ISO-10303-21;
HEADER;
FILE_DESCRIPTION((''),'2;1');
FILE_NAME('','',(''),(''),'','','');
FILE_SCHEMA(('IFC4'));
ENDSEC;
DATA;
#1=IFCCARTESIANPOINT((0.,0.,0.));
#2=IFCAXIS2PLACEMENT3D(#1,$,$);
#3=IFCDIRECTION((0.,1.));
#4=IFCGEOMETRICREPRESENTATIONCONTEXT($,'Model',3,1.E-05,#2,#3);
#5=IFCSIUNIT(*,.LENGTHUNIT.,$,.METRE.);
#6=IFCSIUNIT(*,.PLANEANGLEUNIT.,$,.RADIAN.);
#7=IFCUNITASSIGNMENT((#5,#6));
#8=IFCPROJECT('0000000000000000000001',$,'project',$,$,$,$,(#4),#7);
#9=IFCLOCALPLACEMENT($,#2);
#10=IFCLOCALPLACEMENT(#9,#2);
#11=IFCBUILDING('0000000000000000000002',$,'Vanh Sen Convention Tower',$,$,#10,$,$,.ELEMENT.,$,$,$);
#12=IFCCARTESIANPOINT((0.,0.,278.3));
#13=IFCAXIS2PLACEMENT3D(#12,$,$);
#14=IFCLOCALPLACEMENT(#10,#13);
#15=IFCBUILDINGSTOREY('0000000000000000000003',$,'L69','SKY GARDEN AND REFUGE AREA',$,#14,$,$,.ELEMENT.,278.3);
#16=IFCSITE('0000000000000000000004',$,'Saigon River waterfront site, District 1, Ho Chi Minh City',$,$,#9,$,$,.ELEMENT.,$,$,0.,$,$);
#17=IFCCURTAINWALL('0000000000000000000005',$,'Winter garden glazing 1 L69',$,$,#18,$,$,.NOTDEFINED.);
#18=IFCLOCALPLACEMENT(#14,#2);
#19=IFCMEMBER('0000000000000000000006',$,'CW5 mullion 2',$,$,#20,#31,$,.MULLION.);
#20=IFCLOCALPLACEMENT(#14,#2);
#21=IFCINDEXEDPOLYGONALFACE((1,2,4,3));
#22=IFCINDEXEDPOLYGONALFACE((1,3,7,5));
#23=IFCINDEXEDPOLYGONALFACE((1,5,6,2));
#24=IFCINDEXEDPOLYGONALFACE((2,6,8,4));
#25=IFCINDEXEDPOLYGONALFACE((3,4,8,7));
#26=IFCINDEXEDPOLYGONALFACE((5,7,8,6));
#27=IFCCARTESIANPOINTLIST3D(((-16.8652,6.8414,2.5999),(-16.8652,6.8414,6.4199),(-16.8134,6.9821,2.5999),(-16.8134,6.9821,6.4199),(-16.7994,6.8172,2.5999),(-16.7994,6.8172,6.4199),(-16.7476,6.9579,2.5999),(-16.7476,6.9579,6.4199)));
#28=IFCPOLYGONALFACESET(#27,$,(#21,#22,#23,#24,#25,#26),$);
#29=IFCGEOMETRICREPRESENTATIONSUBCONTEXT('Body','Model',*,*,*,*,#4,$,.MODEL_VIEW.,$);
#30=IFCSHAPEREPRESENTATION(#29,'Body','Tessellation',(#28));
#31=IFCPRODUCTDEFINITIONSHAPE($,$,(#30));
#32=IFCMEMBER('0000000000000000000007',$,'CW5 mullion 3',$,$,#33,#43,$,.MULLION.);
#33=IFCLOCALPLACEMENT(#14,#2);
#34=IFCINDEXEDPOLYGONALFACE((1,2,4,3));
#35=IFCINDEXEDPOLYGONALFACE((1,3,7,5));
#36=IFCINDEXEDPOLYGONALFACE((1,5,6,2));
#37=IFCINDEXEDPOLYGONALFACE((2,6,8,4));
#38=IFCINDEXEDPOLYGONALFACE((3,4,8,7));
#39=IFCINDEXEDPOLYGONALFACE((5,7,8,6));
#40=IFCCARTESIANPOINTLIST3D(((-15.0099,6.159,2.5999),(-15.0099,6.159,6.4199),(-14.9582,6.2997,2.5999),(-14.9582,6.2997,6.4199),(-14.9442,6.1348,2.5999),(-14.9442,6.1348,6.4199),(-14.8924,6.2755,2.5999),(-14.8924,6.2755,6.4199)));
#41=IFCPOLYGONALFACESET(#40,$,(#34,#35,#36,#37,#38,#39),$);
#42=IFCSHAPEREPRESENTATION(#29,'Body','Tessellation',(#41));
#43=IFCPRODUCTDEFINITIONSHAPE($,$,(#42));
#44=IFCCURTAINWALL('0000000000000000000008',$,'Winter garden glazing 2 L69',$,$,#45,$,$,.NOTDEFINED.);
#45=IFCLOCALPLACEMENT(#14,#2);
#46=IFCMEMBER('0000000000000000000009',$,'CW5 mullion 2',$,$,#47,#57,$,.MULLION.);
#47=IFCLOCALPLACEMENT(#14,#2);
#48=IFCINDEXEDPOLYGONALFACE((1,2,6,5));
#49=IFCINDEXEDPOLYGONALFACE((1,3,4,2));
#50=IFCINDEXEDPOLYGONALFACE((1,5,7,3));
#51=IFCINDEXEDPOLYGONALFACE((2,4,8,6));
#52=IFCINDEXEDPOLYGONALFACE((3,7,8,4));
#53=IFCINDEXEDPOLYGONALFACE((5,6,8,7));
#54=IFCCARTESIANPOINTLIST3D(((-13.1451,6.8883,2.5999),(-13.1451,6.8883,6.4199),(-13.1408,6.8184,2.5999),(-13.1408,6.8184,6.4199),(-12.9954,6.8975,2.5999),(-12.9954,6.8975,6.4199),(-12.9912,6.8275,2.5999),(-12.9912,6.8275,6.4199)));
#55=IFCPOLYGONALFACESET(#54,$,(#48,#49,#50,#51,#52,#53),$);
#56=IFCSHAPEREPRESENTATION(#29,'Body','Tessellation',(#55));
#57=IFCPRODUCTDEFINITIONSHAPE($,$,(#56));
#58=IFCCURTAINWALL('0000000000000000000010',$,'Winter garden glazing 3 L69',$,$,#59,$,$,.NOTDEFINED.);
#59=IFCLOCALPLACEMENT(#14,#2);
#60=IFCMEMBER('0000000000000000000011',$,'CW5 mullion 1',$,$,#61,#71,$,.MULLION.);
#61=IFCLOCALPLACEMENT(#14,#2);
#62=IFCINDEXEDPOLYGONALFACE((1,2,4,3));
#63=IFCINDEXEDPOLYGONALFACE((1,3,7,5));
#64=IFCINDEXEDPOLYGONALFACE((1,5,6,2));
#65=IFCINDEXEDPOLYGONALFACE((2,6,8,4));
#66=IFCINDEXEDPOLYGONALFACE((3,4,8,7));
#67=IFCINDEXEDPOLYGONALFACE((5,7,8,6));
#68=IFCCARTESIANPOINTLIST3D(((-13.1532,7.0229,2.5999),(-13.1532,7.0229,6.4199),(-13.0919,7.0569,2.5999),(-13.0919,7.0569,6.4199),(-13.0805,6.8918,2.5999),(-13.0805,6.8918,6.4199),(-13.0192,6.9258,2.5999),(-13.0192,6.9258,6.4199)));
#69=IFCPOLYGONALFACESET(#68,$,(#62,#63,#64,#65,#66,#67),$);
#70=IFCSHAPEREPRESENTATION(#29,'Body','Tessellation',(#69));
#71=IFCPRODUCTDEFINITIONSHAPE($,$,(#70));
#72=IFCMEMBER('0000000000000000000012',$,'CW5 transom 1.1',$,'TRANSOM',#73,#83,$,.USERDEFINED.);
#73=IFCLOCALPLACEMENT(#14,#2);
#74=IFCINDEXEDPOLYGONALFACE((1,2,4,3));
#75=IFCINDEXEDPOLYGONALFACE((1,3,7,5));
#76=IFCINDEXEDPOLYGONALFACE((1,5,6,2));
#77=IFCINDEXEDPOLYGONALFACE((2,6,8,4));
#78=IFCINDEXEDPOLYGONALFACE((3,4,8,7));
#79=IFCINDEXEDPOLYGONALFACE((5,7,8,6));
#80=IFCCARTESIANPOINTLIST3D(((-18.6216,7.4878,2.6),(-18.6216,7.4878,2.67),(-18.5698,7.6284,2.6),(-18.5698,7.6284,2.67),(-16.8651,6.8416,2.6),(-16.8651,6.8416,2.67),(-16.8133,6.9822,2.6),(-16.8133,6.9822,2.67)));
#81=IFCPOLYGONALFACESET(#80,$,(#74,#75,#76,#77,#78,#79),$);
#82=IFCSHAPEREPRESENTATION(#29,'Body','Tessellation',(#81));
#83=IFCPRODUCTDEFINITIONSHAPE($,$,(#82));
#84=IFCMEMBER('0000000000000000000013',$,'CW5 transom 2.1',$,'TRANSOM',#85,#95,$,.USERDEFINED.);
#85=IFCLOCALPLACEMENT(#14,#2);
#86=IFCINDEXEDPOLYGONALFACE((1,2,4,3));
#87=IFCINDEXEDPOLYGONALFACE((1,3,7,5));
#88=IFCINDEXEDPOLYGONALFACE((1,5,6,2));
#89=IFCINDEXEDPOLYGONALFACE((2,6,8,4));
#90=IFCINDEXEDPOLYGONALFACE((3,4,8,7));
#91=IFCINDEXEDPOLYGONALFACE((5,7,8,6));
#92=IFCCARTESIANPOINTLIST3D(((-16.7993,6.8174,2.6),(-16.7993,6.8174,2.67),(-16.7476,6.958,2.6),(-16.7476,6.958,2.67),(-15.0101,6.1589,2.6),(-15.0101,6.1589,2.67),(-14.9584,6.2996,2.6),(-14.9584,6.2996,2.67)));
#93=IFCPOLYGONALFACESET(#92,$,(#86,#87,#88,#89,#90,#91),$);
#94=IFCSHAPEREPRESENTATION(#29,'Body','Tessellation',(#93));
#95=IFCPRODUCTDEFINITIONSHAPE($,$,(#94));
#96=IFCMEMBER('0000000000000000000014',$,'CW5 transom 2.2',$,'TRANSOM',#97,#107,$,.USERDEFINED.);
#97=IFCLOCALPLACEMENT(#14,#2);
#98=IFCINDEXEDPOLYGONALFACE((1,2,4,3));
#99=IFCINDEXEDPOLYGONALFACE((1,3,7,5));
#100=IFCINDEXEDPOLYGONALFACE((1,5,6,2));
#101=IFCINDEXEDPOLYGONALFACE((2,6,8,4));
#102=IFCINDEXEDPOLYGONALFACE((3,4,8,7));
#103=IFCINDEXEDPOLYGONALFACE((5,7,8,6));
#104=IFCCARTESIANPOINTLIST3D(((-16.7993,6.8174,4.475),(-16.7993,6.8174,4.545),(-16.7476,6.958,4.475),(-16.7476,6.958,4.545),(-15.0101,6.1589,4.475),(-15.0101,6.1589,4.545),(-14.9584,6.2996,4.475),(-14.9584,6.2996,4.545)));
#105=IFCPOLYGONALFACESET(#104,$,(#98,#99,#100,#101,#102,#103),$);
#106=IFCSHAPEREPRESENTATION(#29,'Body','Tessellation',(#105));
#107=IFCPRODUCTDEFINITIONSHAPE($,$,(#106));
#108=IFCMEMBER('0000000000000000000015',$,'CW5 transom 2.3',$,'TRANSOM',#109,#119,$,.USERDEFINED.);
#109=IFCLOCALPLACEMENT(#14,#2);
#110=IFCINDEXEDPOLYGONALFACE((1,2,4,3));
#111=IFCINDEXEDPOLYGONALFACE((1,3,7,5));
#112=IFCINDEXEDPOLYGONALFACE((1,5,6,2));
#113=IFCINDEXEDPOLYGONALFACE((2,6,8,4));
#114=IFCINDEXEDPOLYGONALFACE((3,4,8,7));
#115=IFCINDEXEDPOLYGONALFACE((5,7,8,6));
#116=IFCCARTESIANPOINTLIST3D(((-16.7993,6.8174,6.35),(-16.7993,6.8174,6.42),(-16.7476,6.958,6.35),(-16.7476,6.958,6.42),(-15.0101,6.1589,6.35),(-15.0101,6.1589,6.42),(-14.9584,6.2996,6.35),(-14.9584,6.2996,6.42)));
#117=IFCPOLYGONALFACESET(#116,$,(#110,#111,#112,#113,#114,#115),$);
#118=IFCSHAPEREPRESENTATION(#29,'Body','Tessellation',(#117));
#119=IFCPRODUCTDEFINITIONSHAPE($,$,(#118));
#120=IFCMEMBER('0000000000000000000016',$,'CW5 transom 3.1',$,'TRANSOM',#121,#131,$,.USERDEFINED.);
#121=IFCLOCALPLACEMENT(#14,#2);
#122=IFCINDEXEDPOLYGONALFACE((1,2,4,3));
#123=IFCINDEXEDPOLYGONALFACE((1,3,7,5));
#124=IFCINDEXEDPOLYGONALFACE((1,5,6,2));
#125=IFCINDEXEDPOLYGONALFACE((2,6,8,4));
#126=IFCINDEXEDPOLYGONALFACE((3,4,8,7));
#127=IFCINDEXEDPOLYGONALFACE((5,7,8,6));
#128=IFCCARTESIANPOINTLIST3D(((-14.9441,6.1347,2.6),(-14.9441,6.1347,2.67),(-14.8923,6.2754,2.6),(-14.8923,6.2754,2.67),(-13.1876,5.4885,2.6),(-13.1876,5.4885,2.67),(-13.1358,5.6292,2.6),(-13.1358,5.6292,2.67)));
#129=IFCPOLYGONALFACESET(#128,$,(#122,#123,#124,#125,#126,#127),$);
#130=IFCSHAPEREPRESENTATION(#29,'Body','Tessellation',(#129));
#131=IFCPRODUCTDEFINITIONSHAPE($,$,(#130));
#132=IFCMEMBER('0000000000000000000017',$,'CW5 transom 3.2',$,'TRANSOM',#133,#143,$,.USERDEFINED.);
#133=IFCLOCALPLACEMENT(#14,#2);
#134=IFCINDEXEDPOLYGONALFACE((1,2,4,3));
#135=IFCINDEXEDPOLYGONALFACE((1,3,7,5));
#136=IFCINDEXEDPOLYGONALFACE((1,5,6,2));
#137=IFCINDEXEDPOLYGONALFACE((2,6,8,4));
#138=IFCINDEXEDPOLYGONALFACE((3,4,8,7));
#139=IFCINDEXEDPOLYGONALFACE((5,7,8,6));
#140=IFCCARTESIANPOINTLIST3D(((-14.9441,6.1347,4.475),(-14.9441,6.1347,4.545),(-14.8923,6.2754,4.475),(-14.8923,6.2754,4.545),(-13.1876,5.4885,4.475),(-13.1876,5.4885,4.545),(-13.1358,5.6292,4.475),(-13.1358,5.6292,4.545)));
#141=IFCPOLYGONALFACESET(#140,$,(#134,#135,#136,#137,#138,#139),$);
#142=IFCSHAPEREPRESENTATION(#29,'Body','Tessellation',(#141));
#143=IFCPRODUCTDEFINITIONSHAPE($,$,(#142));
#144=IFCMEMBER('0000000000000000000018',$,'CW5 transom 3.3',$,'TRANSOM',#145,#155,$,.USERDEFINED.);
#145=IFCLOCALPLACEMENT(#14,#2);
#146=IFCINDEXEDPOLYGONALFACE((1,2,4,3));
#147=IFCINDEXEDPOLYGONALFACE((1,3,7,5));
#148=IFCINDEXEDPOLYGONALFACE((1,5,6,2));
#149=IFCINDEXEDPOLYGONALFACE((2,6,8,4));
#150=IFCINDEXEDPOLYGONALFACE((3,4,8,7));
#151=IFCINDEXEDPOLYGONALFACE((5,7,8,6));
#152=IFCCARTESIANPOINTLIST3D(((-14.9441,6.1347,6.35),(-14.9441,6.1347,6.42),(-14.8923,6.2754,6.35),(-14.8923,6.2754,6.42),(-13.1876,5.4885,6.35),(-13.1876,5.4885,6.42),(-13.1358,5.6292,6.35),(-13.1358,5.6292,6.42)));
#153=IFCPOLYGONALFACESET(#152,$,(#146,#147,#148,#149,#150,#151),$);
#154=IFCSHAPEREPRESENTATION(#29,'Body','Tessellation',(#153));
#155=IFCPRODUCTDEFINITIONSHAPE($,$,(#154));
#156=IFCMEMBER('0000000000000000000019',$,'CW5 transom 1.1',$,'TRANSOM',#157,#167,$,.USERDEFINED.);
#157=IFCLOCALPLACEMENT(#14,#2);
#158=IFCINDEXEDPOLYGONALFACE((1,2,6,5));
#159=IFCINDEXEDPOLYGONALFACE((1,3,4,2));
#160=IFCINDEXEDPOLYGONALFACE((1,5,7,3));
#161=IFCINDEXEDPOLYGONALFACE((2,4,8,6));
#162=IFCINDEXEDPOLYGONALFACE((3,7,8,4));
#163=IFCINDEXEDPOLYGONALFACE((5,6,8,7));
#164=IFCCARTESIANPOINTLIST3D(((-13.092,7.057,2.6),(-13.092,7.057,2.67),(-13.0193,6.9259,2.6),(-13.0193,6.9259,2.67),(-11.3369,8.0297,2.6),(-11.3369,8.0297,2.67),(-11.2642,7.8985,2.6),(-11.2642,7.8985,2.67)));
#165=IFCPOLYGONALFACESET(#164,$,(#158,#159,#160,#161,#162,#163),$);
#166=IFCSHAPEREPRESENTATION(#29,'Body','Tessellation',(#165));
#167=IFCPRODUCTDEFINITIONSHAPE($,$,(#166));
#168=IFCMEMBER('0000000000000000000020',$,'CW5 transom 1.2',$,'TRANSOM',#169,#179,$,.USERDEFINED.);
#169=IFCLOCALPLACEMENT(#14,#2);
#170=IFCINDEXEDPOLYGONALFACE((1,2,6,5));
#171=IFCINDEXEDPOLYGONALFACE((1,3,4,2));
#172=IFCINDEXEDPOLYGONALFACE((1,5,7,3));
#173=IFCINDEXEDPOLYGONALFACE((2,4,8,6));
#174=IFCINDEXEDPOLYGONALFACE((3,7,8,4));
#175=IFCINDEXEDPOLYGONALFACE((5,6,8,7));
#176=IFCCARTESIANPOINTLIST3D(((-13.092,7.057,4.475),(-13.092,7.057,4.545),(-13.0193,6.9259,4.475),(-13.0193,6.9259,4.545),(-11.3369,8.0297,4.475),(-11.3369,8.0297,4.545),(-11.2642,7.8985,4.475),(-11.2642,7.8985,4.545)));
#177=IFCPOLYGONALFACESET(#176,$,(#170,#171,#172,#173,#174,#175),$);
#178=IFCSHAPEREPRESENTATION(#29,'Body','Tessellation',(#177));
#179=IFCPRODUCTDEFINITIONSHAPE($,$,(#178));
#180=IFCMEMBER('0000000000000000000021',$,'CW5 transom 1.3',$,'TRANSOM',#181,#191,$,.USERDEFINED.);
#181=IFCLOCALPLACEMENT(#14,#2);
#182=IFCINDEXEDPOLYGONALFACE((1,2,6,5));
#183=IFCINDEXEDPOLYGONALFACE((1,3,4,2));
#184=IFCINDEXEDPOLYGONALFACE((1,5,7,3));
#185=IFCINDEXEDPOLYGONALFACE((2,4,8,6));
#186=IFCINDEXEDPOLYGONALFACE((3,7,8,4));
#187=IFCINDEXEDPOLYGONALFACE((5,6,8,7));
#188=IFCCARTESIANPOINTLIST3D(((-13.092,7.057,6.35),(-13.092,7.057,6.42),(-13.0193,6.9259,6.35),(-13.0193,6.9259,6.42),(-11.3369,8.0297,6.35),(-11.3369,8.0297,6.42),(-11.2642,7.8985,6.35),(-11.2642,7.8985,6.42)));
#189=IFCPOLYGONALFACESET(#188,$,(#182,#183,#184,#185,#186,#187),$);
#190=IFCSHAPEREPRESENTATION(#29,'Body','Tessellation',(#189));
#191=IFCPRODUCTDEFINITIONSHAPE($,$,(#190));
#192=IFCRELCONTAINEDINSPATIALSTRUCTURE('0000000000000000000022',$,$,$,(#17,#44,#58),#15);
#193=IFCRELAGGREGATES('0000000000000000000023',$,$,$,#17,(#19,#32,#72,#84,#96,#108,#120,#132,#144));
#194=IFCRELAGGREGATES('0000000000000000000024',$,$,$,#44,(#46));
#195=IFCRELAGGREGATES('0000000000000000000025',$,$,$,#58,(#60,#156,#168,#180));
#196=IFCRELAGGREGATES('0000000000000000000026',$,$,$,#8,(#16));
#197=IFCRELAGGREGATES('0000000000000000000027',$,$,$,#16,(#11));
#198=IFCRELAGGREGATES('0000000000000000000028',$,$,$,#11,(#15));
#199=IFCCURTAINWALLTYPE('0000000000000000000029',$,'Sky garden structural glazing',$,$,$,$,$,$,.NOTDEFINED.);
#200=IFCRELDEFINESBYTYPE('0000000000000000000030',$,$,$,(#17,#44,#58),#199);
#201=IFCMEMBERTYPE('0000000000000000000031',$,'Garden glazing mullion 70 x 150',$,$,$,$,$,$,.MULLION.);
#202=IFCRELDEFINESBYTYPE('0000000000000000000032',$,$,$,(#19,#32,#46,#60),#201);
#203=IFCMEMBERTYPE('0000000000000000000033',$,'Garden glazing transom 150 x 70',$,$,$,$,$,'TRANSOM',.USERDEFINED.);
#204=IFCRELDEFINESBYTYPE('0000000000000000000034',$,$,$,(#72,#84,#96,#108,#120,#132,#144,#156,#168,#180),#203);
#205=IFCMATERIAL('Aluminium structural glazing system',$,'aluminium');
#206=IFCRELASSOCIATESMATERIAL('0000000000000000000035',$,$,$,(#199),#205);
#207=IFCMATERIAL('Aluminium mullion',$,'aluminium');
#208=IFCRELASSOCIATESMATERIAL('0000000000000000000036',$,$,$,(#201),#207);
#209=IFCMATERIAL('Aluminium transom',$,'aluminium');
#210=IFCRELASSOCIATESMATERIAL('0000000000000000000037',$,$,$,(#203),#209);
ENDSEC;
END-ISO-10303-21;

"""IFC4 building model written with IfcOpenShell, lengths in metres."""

from ifc_helpers import new_model, si_unit, direction, frame, origin, origin_2d, place, context, subcontext, project, spatial, rectangle, extrude, material, material_profile, profile_set, type_object, element, aggregate, save


model = new_model("IFC4")

# Units and contexts
model_context = context("Model", 3, precision=1e-05, world=origin(), true_north=direction((0.0, 1.0)))
body_context = subcontext(model_context, "Body", "Model", "MODEL_VIEW")
ifc_project = project(units=[si_unit("LENGTHUNIT", "METRE"), si_unit("PLANEANGLEUNIT", "RADIAN")], contexts=[model_context])

# Site, building, storey
site_placement = place(None, origin())
site = spatial("IfcSite", under=ifc_project, at=site_placement, Name="Saigon River waterfront site, District 1, Ho Chi Minh City", CompositionType="ELEMENT", RefElevation=0.0)
building_placement = place(site_placement, origin())
building = spatial("IfcBuilding", under=site, at=building_placement, Name="Vanh Sen Convention Tower", CompositionType="ELEMENT")
storey_placement = place(building_placement, frame((0.0, 0.0, 278.3)))
storey = spatial("IfcBuildingStorey", under=building, at=storey_placement, Name="L69", Description="SKY GARDEN AND REFUGE AREA", CompositionType="ELEMENT", Elevation=278.3)

# Curtain wall, members
ifc_material_1 = material(Name="Aluminium structural glazing system", Category="aluminium")
curtain_wall_type_1 = type_object("IfcCurtainWallType", Name="Sky garden structural glazing", PredefinedType="NOTDEFINED", material=ifc_material_1)
curtain_wall_1_placement = place(storey_placement, origin())
curtain_wall_1 = element("IfcCurtainWall", 1, at=curtain_wall_1_placement, inside=storey, type_object=curtain_wall_type_1, Name="Winter garden glazing 1 L69", PredefinedType="NOTDEFINED")
ifc_material_2 = material(Name="Aluminium mullion", Category="aluminium")
ifc_material_profile_1 = material_profile(ifc_material_2, rectangle(XDim=0.1499, YDim=0.0701, at=origin_2d()), Name="Garden glazing mullion 70 x 150")
ifc_profile_set_1 = profile_set([ifc_material_profile_1], Name="Aluminium mullion")
member_type_1 = type_object("IfcMemberType", Name="Garden glazing mullion 70 x 150", PredefinedType="MULLION", material=ifc_profile_set_1)
member_1_placement = place(storey_placement, frame((-16.8064, 6.8997, 2.5999), z_axis=(0.0, 0.0, 1.0), x_axis=(0.345297, 0.938493, 0.0)))
member_1 = element("IfcMember", 2, at=member_1_placement, type_object=member_type_1, Name="CW5 mullion 2", PredefinedType="MULLION", context=body_context, shape_type="SweptSolid", body=[
    extrude(rectangle(XDim=0.1499, YDim=0.0701, at=origin_2d()), origin(), (0.0, 0.0, 1.0), 3.8201),
])
member_2_placement = place(storey_placement, frame((-14.9512, 6.2173, 2.5999), z_axis=(0.0, 0.0, 1.0), x_axis=(0.345297, 0.938493, 0.0)))
member_2 = element("IfcMember", 3, at=member_2_placement, type_object=member_type_1, Name="CW5 mullion 3", PredefinedType="MULLION", context=body_context, shape_type="SweptSolid", body=[
    extrude(rectangle(XDim=0.1499, YDim=0.0701, at=origin_2d()), origin(), (0.0, 0.0, 1.0), 3.8201),
])

# Curtain walls, members
curtain_wall_2_placement = place(storey_placement, origin())
curtain_wall_2 = element("IfcCurtainWall", 4, at=curtain_wall_2_placement, inside=storey, type_object=curtain_wall_type_1, Name="Winter garden glazing 2 L69", PredefinedType="NOTDEFINED")
member_3_placement = place(storey_placement, frame((-13.0681, 6.8579, 2.5999), z_axis=(0.0, 0.0, 1.0), x_axis=(-0.998137, -0.061018, 0.0)))
member_3 = element("IfcMember", 5, at=member_3_placement, type_object=member_type_1, Name="CW5 mullion 2", PredefinedType="MULLION", context=body_context, shape_type="SweptSolid", body=[
    extrude(rectangle(XDim=0.1499, YDim=0.0701, at=origin_2d()), origin(), (0.0, 0.0, 1.0), 3.8201),
])
curtain_wall_3_placement = place(storey_placement, origin())
curtain_wall_3 = element("IfcCurtainWall", 6, at=curtain_wall_3_placement, inside=storey, type_object=curtain_wall_type_1, Name="Winter garden glazing 3 L69", PredefinedType="NOTDEFINED")
member_4_placement = place(storey_placement, frame((-13.0862, 6.9744, 2.5999), z_axis=(0.0, 0.0, 1.0), x_axis=(-0.484739, 0.874659, 0.0)))
member_4 = element("IfcMember", 7, at=member_4_placement, type_object=member_type_1, Name="CW5 mullion 1", PredefinedType="MULLION", context=body_context, shape_type="SweptSolid", body=[
    extrude(rectangle(XDim=0.1499, YDim=0.0701, at=origin_2d()), origin(), (0.0, 0.0, 1.0), 3.8201),
])

# Members
ifc_material_3 = material(Name="Aluminium transom", Category="aluminium")
ifc_material_profile_2 = material_profile(ifc_material_3, rectangle(XDim=0.1499, YDim=0.0701, at=origin_2d()), Name="Garden glazing transom 150 x 70")
ifc_profile_set_2 = profile_set([ifc_material_profile_2], Name="Aluminium transom")
member_type_2 = type_object("IfcMemberType", Name="Garden glazing transom 150 x 70", ElementType="TRANSOM", PredefinedType="USERDEFINED", material=ifc_profile_set_2)
member_5_placement = place(storey_placement, frame((-18.5957, 7.5581, 2.635), z_axis=(0.938503, -0.34527, 0.0), x_axis=(0.34527, 0.938503, 0.0)))
member_5 = element("IfcMember", 8, at=member_5_placement, type_object=member_type_2, Name="CW5 transom 1.1", ObjectType="TRANSOM", PredefinedType="USERDEFINED", context=body_context, shape_type="SweptSolid", body=[
    extrude(rectangle(XDim=0.1499, YDim=0.0701, at=origin_2d()), origin(), (0.0, 0.0, 1.0), 1.8716),
])
member_6_placement = place(storey_placement, frame((-16.7734, 6.8877, 2.635), z_axis=(0.938474, -0.345349, 0.0), x_axis=(0.345349, 0.938474, 0.0)))
member_6 = element("IfcMember", 9, at=member_6_placement, type_object=member_type_2, Name="CW5 transom 2.1", ObjectType="TRANSOM", PredefinedType="USERDEFINED", context=body_context, shape_type="SweptSolid", body=[
    extrude(rectangle(XDim=0.1499, YDim=0.0701, at=origin_2d()), origin(), (0.0, 0.0, 1.0), 1.9065),
])
member_7_placement = place(storey_placement, frame((-16.7734, 6.8877, 4.51), z_axis=(0.938474, -0.345349, 0.0), x_axis=(0.345349, 0.938474, 0.0)))
member_7 = element("IfcMember", 10, at=member_7_placement, type_object=member_type_2, Name="CW5 transom 2.2", ObjectType="TRANSOM", PredefinedType="USERDEFINED", context=body_context, shape_type="SweptSolid", body=[
    extrude(rectangle(XDim=0.1499, YDim=0.0701, at=origin_2d()), origin(), (0.0, 0.0, 1.0), 1.9065),
])
member_8_placement = place(storey_placement, frame((-16.7734, 6.8877, 6.385), z_axis=(0.938474, -0.345349, 0.0), x_axis=(0.345349, 0.938474, 0.0)))
member_8 = element("IfcMember", 11, at=member_8_placement, type_object=member_type_2, Name="CW5 transom 2.3", ObjectType="TRANSOM", PredefinedType="USERDEFINED", context=body_context, shape_type="SweptSolid", body=[
    extrude(rectangle(XDim=0.1499, YDim=0.0701, at=origin_2d()), origin(), (0.0, 0.0, 1.0), 1.9065),
])
member_9_placement = place(storey_placement, frame((-14.9182, 6.2051, 2.635), z_axis=(0.938503, -0.34527, 0.0), x_axis=(0.34527, 0.938503, 0.0)))
member_9 = element("IfcMember", 12, at=member_9_placement, type_object=member_type_2, Name="CW5 transom 3.1", ObjectType="TRANSOM", PredefinedType="USERDEFINED", context=body_context, shape_type="SweptSolid", body=[
    extrude(rectangle(XDim=0.1499, YDim=0.0701, at=origin_2d()), origin(), (0.0, 0.0, 1.0), 1.8716),
])
member_10_placement = place(storey_placement, frame((-14.9182, 6.2051, 4.51), z_axis=(0.938503, -0.34527, 0.0), x_axis=(0.34527, 0.938503, 0.0)))
member_10 = element("IfcMember", 13, at=member_10_placement, type_object=member_type_2, Name="CW5 transom 3.2", ObjectType="TRANSOM", PredefinedType="USERDEFINED", context=body_context, shape_type="SweptSolid", body=[
    extrude(rectangle(XDim=0.1499, YDim=0.0701, at=origin_2d()), origin(), (0.0, 0.0, 1.0), 1.8716),
])
member_11_placement = place(storey_placement, frame((-14.9182, 6.2051, 6.385), z_axis=(0.938503, -0.34527, 0.0), x_axis=(0.34527, 0.938503, 0.0)))
member_11 = element("IfcMember", 14, at=member_11_placement, type_object=member_type_2, Name="CW5 transom 3.3", ObjectType="TRANSOM", PredefinedType="USERDEFINED", context=body_context, shape_type="SweptSolid", body=[
    extrude(rectangle(XDim=0.1499, YDim=0.0701, at=origin_2d()), origin(), (0.0, 0.0, 1.0), 1.8716),
])
member_12_placement = place(storey_placement, frame((-13.0557, 6.9915, 2.635), z_axis=(0.874668, 0.484723, 0.0), x_axis=(-0.484723, 0.874668, 0.0)))
member_12 = element("IfcMember", 15, at=member_12_placement, type_object=member_type_2, Name="CW5 transom 1.1", ObjectType="TRANSOM", PredefinedType="USERDEFINED", context=body_context, shape_type="SweptSolid", body=[
    extrude(rectangle(XDim=0.1499, YDim=0.0701, at=origin_2d()), origin(), (0.0, 0.0, 1.0), 2.0066),
])
member_13_placement = place(storey_placement, frame((-13.0557, 6.9915, 4.51), z_axis=(0.874668, 0.484723, 0.0), x_axis=(-0.484723, 0.874668, 0.0)))
member_13 = element("IfcMember", 16, at=member_13_placement, type_object=member_type_2, Name="CW5 transom 1.2", ObjectType="TRANSOM", PredefinedType="USERDEFINED", context=body_context, shape_type="SweptSolid", body=[
    extrude(rectangle(XDim=0.1499, YDim=0.0701, at=origin_2d()), origin(), (0.0, 0.0, 1.0), 2.0066),
])
member_14_placement = place(storey_placement, frame((-13.0557, 6.9915, 6.385), z_axis=(0.874668, 0.484723, 0.0), x_axis=(-0.484723, 0.874668, 0.0)))
member_14 = element("IfcMember", 17, at=member_14_placement, type_object=member_type_2, Name="CW5 transom 1.3", ObjectType="TRANSOM", PredefinedType="USERDEFINED", context=body_context, shape_type="SweptSolid", body=[
    extrude(rectangle(XDim=0.1499, YDim=0.0701, at=origin_2d()), origin(), (0.0, 0.0, 1.0), 2.0066),
])

aggregate(curtain_wall_1, [member_1, member_2, member_5, member_6, member_7, member_8, member_9, member_10, member_11])
aggregate(curtain_wall_2, [member_3])
aggregate(curtain_wall_3, [member_4, member_12, member_13, member_14])

save(model, "model.ifc")
